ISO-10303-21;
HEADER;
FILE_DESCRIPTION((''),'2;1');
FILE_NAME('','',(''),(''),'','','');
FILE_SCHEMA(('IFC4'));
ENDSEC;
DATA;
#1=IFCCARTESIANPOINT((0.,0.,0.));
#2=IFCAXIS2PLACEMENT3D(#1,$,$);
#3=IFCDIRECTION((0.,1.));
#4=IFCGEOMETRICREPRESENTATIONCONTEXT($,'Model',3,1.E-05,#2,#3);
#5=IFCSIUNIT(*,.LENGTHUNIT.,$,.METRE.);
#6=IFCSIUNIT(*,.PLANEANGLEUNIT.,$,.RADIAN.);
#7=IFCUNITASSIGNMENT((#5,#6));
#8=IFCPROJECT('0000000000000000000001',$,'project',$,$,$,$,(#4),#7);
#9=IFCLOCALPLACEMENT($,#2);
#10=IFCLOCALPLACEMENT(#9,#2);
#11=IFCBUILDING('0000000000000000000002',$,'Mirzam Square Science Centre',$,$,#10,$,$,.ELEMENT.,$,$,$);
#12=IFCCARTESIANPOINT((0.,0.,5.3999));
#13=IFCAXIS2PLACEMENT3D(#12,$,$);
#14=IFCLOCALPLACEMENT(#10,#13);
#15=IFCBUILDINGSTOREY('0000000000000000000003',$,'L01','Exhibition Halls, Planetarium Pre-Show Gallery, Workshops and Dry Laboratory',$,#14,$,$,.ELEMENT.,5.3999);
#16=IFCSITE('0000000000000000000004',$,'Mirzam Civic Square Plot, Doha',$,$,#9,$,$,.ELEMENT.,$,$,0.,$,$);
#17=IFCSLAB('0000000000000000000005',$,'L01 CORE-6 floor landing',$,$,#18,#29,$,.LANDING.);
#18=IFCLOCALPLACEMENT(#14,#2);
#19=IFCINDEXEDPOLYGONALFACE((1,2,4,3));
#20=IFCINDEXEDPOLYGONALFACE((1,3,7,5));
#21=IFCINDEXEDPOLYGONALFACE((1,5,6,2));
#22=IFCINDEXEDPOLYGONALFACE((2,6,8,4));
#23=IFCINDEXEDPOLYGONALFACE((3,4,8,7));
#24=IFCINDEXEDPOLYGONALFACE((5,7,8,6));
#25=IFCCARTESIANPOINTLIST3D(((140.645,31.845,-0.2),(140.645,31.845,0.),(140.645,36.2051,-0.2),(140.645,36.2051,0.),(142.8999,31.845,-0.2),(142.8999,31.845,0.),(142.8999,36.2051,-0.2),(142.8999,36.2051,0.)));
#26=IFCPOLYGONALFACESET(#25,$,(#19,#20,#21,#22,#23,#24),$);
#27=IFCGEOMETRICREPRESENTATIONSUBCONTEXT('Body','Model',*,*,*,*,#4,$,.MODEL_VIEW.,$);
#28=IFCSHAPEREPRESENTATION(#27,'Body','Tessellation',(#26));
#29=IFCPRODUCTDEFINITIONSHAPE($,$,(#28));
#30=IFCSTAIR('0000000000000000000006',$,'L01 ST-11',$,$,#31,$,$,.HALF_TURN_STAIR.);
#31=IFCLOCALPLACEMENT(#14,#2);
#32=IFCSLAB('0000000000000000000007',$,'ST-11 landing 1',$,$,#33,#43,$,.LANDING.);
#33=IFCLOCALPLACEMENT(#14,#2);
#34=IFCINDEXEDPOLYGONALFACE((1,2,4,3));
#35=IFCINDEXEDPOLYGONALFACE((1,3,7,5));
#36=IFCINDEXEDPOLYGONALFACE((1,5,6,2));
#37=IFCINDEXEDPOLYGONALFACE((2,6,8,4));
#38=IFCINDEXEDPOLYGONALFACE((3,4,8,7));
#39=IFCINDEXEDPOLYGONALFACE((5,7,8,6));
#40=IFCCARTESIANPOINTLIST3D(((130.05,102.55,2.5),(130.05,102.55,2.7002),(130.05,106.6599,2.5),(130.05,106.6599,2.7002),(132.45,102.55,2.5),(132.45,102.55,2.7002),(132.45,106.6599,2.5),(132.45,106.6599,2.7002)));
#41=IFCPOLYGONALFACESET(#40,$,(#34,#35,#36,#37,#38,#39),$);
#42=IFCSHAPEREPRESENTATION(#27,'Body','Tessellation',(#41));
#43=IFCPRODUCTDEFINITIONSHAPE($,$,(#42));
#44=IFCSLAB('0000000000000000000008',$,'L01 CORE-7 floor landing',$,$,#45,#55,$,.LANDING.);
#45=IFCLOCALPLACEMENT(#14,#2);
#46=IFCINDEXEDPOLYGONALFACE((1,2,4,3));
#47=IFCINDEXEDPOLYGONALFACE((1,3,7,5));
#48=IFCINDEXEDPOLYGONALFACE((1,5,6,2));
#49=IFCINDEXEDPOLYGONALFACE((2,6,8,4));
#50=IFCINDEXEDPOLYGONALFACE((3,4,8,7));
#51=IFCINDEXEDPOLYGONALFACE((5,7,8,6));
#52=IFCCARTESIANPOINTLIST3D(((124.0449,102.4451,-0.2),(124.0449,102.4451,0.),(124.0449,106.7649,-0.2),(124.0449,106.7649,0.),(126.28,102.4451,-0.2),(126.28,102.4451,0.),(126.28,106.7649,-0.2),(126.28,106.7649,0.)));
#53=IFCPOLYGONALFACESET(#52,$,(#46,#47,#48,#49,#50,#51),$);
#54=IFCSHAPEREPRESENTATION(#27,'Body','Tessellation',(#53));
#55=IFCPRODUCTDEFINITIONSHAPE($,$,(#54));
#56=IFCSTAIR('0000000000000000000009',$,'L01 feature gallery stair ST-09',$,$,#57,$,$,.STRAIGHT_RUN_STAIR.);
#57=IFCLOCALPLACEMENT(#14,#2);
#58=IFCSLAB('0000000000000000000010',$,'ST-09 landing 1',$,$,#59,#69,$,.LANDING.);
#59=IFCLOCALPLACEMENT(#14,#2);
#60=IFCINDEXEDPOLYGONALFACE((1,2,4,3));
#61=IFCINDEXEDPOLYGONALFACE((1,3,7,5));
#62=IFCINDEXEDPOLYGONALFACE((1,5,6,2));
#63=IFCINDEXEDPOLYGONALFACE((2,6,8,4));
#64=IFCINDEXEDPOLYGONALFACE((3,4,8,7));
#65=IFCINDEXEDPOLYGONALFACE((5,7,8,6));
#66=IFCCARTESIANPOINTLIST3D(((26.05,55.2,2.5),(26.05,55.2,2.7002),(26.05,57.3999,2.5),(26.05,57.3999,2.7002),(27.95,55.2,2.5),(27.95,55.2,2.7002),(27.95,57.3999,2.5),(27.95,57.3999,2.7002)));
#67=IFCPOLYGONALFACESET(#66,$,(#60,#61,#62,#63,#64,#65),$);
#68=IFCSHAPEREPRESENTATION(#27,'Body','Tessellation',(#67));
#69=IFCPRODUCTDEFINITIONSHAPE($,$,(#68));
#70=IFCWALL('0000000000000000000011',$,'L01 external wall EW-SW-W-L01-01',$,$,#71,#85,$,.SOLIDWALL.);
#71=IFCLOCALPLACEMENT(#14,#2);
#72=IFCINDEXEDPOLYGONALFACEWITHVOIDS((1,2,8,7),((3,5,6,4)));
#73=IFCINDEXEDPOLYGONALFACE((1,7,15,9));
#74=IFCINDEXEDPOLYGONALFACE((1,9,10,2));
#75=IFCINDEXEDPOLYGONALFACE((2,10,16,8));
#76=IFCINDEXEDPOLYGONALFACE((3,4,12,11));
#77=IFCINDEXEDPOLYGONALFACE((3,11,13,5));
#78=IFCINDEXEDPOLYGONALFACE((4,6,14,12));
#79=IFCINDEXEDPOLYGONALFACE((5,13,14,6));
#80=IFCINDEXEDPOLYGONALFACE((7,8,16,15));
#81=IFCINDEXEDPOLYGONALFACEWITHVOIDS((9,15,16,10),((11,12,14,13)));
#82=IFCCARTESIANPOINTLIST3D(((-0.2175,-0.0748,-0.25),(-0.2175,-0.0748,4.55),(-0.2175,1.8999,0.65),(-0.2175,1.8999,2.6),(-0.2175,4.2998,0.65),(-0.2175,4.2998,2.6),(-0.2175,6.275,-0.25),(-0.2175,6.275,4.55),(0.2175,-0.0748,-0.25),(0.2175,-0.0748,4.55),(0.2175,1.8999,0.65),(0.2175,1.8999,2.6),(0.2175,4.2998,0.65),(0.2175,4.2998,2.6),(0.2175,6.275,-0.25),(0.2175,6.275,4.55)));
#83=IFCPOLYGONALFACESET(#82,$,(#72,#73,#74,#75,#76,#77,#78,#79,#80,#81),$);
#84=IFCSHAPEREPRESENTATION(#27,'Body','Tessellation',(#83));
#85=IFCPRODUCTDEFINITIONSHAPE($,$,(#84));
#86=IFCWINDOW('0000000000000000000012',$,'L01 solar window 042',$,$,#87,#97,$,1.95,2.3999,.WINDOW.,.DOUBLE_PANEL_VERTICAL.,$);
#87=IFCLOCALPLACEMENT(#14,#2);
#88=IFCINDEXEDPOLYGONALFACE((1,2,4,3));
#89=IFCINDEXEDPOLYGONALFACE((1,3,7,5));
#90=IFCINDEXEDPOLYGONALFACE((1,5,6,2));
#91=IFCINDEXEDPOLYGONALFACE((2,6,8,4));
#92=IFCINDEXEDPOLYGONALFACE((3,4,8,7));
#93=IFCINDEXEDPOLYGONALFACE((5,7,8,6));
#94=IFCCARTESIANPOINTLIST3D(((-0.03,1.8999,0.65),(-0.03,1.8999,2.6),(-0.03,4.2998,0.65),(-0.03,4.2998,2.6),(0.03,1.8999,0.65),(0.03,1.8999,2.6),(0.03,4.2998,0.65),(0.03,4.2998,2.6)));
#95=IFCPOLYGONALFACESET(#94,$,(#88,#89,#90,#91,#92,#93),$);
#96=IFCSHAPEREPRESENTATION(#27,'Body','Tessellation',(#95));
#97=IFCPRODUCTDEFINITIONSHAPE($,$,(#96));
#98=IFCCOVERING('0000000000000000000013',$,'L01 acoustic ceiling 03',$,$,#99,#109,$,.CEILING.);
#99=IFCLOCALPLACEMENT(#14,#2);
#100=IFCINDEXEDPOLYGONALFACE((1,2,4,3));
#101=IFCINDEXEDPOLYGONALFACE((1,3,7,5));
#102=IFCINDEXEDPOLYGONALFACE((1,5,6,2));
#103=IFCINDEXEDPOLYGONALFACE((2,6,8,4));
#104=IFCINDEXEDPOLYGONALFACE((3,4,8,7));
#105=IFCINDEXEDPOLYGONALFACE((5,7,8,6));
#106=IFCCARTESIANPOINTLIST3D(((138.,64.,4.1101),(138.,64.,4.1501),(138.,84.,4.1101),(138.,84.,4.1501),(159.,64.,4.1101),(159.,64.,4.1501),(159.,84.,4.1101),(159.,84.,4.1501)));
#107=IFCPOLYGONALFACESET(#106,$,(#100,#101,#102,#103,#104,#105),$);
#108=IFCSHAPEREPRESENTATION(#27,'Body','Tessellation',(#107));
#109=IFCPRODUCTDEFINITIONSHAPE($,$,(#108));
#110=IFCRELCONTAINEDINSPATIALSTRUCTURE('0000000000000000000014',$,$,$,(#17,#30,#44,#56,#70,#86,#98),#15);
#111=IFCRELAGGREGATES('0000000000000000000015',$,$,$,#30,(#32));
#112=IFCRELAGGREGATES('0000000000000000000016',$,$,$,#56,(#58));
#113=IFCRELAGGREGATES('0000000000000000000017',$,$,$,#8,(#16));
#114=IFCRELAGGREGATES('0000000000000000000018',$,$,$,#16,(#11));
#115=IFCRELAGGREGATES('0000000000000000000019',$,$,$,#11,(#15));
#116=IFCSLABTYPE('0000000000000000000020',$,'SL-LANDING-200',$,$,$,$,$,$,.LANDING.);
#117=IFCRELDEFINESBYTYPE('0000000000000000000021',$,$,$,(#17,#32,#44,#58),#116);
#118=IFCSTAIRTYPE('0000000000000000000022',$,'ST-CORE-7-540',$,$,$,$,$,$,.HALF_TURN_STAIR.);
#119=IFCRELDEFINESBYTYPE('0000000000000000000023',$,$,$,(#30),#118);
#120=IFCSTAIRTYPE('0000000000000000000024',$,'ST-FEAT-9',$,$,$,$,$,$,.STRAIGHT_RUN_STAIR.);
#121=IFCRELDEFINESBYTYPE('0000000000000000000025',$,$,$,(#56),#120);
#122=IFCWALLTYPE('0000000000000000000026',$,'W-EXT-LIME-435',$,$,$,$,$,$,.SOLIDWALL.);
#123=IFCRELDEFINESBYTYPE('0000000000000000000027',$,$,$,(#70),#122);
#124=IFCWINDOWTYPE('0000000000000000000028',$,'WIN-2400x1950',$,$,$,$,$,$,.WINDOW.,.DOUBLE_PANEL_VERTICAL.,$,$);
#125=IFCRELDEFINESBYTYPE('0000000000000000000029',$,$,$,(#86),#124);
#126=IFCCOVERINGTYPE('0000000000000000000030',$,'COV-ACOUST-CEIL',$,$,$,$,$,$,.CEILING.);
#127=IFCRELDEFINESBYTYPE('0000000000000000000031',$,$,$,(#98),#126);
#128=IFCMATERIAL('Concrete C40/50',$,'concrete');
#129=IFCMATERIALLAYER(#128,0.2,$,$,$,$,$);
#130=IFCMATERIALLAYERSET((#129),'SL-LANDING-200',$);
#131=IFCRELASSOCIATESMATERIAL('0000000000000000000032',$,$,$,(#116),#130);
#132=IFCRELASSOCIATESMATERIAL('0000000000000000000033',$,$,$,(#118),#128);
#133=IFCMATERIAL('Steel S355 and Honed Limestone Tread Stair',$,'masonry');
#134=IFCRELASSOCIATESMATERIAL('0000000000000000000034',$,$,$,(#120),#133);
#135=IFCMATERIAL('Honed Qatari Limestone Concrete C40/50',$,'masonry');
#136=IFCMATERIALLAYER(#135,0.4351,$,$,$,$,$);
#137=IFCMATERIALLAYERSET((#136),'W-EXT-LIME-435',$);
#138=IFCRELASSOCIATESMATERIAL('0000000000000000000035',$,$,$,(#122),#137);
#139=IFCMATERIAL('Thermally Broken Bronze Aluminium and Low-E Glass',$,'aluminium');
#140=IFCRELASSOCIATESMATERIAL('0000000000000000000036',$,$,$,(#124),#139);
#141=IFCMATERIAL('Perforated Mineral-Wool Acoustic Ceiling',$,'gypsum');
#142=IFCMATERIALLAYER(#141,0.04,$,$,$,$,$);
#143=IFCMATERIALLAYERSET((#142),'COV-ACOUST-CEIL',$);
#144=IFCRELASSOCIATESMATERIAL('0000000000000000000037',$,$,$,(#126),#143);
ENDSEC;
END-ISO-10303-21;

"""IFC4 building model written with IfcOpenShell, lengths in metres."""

from ifc_helpers import new_model, si_unit, direction, frame, frame_2d, origin, place, context, subcontext, project, spatial, polyline, rectangle, outline, extrude, material, layer, layer_set, type_object, element, fill, aggregate, save


model = new_model("IFC4")

# Units and contexts
model_context = context("Model", 3, precision=1e-05, world=origin(), true_north=direction((0.0, 1.0)))
body_context = subcontext(model_context, "Body", "Model", "MODEL_VIEW")
ifc_project = project(units=[si_unit("LENGTHUNIT", "METRE"), si_unit("PLANEANGLEUNIT", "RADIAN")], contexts=[model_context])

# Site, building, storey
site_placement = place(None, origin())
site = spatial("IfcSite", under=ifc_project, at=site_placement, Name="Mirzam Civic Square Plot, Doha", CompositionType="ELEMENT", RefElevation=0.0)
building_placement = place(site_placement, origin())
building = spatial("IfcBuilding", under=site, at=building_placement, Name="Mirzam Square Science Centre", CompositionType="ELEMENT")
storey_placement = place(building_placement, frame((0.0, 0.0, 5.3999)))
storey = spatial("IfcBuildingStorey", under=building, at=storey_placement, Name="L01", Description="Exhibition Halls, Planetarium Pre-Show Gallery, Workshops and Dry Laboratory", CompositionType="ELEMENT", Elevation=5.3999)

# Shared definitions
ifc_material_1 = material(Name="Concrete C40/50", Category="concrete")
ifc_layer_1 = layer(ifc_material_1, 0.2)
ifc_layer_set_1 = layer_set([ifc_layer_1], Name="SL-LANDING-200")
slab_type = type_object("IfcSlabType", Name="SL-LANDING-200", PredefinedType="LANDING", material=ifc_layer_set_1)

# Slab
slab_1_placement = place(storey_placement, frame((0.0, 0.0, -0.2)))
element("IfcSlab", 1, at=slab_1_placement, inside=storey, type_object=slab_type, Name="L01 CORE-6 floor landing", PredefinedType="LANDING", context=body_context, shape_type="SweptSolid", body=[
    extrude(outline(polyline([(142.8999, 31.845), (140.645, 31.845), (140.645, 36.2051), (142.8999, 36.2051), (142.8999, 31.845)])), origin(), (0.0, 0.0, 1.0), 0.2),
])

# Stair, slab
stair_type_1 = type_object("IfcStairType", Name="ST-CORE-7-540", PredefinedType="HALF_TURN_STAIR", material=ifc_material_1)
stair_1_placement = place(storey_placement, origin())
stair_1 = element("IfcStair", 2, at=stair_1_placement, inside=storey, type_object=stair_type_1, Name="L01 ST-11", PredefinedType="HALF_TURN_STAIR")
slab_2_placement = place(storey_placement, frame((0.0, 0.0, 2.5)))
slab_2 = element("IfcSlab", 3, at=slab_2_placement, type_object=slab_type, Name="ST-11 landing 1", PredefinedType="LANDING", context=body_context, shape_type="SweptSolid", body=[
    extrude(outline(polyline([(130.05, 102.55), (132.45, 102.55), (132.45, 106.6599), (130.05, 106.6599), (130.05, 102.55)])), origin(), (0.0, 0.0, 1.0), 0.2002),
])
aggregate(stair_1, [slab_2])

# Slab
slab_3_placement = place(storey_placement, frame((0.0, 0.0, -0.2)))
element("IfcSlab", 4, at=slab_3_placement, inside=storey, type_object=slab_type, Name="L01 CORE-7 floor landing", PredefinedType="LANDING", context=body_context, shape_type="SweptSolid", body=[
    extrude(outline(polyline([(126.28, 102.4451), (124.0449, 102.4451), (124.0449, 106.7649), (126.28, 106.7649), (126.28, 102.4451)])), origin(), (0.0, 0.0, 1.0), 0.2),
])

# Stair, slab
ifc_material_2 = material(Name="Steel S355 and Honed Limestone Tread Stair", Category="masonry")
stair_type_2 = type_object("IfcStairType", Name="ST-FEAT-9", PredefinedType="STRAIGHT_RUN_STAIR", material=ifc_material_2)
stair_2_placement = place(storey_placement, origin())
stair_2 = element("IfcStair", 5, at=stair_2_placement, inside=storey, type_object=stair_type_2, Name="L01 feature gallery stair ST-09", PredefinedType="STRAIGHT_RUN_STAIR")
slab_4_placement = place(storey_placement, frame((0.0, 0.0, 2.5)))
slab_4 = element("IfcSlab", 6, at=slab_4_placement, type_object=slab_type, Name="ST-09 landing 1", PredefinedType="LANDING", context=body_context, shape_type="SweptSolid", body=[
    extrude(outline(polyline([(26.05, 55.2), (27.95, 55.2), (27.95, 57.3999), (26.05, 57.3999), (26.05, 55.2)])), origin(), (0.0, 0.0, 1.0), 0.2002),
])
aggregate(stair_2, [slab_4])

# Wall, opening, window
ifc_material_3 = material(Name="Honed Qatari Limestone Concrete C40/50", Category="masonry")
ifc_layer_2 = layer(ifc_material_3, 0.4351)
ifc_layer_set_2 = layer_set([ifc_layer_2], Name="W-EXT-LIME-435")
wall_type = type_object("IfcWallType", Name="W-EXT-LIME-435", PredefinedType="SOLIDWALL", material=ifc_layer_set_2)
wall_placement = place(storey_placement, frame((0.0, 6.2749, -0.25), z_axis=(0.0, 0.0, 1.0), x_axis=(0.0, -1.0, 0.0)))
wall = element("IfcWall", 7, at=wall_placement, inside=storey, type_object=wall_type, Name="L01 external wall EW-SW-W-L01-01", PredefinedType="SOLIDWALL", context=body_context, shape_type="SweptSolid", body=[
    extrude(rectangle(XDim=6.3499, YDim=0.4351, at=frame_2d((3.1748, 0.0))), origin(), (0.0, 0.0, 1.0), 4.8),
])
opening_placement = place(wall_placement, frame((1.9751, 0.0, 0.8999)))
opening = element("IfcOpeningElement", 8, at=opening_placement, cuts=wall, PredefinedType="OPENING", context=body_context, shape_type="SweptSolid", body=[
    extrude(rectangle(XDim=2.3999, YDim=1.95, at=frame_2d((1.2, 0.9751))), frame((0.0, 0.2275, 0.0), z_axis=(0.0, -1.0, 0.0), x_axis=(1.0, 0.0, 0.0)), (0.0, 0.0, 1.0), 0.4551),
])
ifc_material_4 = material(Name="Thermally Broken Bronze Aluminium and Low-E Glass", Category="aluminium")
window_type = type_object("IfcWindowType", Name="WIN-2400x1950", PartitioningType="DOUBLE_PANEL_VERTICAL", PredefinedType="WINDOW", material=ifc_material_4)
window_placement = place(opening_placement, origin())
window = element("IfcWindow", 9, at=window_placement, inside=storey, type_object=window_type, Name="L01 solar window 042", OverallHeight=1.95, OverallWidth=2.3999, PartitioningType="DOUBLE_PANEL_VERTICAL", PredefinedType="WINDOW", context=body_context, shape_type="SweptSolid", body=[
    extrude(rectangle(XDim=2.3999, YDim=1.95, at=frame_2d((1.2, 0.9751))), frame((0.0, 0.03, 0.0), z_axis=(0.0, -1.0, 0.0), x_axis=(1.0, 0.0, 0.0)), (0.0, 0.0, 1.0), 0.0601),
])
fill(opening, window)

# Covering
ifc_material_5 = material(Name="Perforated Mineral-Wool Acoustic Ceiling", Category="gypsum")
ifc_layer_3 = layer(ifc_material_5, 0.04)
ifc_layer_set_3 = layer_set([ifc_layer_3], Name="COV-ACOUST-CEIL")
covering_type = type_object("IfcCoveringType", Name="COV-ACOUST-CEIL", PredefinedType="CEILING", material=ifc_layer_set_3)
covering_placement = place(storey_placement, frame((0.0, 0.0, 4.1101)))
element("IfcCovering", 10, at=covering_placement, inside=storey, type_object=covering_type, Name="L01 acoustic ceiling 03", PredefinedType="CEILING", context=body_context, shape_type="SweptSolid", body=[
    extrude(outline(polyline([(138.0, 64.0), (159.0, 64.0), (159.0, 84.0), (138.0, 84.0), (138.0, 64.0)])), origin(), (0.0, 0.0, 1.0), 0.04),
])

save(model, "model.ifc")
